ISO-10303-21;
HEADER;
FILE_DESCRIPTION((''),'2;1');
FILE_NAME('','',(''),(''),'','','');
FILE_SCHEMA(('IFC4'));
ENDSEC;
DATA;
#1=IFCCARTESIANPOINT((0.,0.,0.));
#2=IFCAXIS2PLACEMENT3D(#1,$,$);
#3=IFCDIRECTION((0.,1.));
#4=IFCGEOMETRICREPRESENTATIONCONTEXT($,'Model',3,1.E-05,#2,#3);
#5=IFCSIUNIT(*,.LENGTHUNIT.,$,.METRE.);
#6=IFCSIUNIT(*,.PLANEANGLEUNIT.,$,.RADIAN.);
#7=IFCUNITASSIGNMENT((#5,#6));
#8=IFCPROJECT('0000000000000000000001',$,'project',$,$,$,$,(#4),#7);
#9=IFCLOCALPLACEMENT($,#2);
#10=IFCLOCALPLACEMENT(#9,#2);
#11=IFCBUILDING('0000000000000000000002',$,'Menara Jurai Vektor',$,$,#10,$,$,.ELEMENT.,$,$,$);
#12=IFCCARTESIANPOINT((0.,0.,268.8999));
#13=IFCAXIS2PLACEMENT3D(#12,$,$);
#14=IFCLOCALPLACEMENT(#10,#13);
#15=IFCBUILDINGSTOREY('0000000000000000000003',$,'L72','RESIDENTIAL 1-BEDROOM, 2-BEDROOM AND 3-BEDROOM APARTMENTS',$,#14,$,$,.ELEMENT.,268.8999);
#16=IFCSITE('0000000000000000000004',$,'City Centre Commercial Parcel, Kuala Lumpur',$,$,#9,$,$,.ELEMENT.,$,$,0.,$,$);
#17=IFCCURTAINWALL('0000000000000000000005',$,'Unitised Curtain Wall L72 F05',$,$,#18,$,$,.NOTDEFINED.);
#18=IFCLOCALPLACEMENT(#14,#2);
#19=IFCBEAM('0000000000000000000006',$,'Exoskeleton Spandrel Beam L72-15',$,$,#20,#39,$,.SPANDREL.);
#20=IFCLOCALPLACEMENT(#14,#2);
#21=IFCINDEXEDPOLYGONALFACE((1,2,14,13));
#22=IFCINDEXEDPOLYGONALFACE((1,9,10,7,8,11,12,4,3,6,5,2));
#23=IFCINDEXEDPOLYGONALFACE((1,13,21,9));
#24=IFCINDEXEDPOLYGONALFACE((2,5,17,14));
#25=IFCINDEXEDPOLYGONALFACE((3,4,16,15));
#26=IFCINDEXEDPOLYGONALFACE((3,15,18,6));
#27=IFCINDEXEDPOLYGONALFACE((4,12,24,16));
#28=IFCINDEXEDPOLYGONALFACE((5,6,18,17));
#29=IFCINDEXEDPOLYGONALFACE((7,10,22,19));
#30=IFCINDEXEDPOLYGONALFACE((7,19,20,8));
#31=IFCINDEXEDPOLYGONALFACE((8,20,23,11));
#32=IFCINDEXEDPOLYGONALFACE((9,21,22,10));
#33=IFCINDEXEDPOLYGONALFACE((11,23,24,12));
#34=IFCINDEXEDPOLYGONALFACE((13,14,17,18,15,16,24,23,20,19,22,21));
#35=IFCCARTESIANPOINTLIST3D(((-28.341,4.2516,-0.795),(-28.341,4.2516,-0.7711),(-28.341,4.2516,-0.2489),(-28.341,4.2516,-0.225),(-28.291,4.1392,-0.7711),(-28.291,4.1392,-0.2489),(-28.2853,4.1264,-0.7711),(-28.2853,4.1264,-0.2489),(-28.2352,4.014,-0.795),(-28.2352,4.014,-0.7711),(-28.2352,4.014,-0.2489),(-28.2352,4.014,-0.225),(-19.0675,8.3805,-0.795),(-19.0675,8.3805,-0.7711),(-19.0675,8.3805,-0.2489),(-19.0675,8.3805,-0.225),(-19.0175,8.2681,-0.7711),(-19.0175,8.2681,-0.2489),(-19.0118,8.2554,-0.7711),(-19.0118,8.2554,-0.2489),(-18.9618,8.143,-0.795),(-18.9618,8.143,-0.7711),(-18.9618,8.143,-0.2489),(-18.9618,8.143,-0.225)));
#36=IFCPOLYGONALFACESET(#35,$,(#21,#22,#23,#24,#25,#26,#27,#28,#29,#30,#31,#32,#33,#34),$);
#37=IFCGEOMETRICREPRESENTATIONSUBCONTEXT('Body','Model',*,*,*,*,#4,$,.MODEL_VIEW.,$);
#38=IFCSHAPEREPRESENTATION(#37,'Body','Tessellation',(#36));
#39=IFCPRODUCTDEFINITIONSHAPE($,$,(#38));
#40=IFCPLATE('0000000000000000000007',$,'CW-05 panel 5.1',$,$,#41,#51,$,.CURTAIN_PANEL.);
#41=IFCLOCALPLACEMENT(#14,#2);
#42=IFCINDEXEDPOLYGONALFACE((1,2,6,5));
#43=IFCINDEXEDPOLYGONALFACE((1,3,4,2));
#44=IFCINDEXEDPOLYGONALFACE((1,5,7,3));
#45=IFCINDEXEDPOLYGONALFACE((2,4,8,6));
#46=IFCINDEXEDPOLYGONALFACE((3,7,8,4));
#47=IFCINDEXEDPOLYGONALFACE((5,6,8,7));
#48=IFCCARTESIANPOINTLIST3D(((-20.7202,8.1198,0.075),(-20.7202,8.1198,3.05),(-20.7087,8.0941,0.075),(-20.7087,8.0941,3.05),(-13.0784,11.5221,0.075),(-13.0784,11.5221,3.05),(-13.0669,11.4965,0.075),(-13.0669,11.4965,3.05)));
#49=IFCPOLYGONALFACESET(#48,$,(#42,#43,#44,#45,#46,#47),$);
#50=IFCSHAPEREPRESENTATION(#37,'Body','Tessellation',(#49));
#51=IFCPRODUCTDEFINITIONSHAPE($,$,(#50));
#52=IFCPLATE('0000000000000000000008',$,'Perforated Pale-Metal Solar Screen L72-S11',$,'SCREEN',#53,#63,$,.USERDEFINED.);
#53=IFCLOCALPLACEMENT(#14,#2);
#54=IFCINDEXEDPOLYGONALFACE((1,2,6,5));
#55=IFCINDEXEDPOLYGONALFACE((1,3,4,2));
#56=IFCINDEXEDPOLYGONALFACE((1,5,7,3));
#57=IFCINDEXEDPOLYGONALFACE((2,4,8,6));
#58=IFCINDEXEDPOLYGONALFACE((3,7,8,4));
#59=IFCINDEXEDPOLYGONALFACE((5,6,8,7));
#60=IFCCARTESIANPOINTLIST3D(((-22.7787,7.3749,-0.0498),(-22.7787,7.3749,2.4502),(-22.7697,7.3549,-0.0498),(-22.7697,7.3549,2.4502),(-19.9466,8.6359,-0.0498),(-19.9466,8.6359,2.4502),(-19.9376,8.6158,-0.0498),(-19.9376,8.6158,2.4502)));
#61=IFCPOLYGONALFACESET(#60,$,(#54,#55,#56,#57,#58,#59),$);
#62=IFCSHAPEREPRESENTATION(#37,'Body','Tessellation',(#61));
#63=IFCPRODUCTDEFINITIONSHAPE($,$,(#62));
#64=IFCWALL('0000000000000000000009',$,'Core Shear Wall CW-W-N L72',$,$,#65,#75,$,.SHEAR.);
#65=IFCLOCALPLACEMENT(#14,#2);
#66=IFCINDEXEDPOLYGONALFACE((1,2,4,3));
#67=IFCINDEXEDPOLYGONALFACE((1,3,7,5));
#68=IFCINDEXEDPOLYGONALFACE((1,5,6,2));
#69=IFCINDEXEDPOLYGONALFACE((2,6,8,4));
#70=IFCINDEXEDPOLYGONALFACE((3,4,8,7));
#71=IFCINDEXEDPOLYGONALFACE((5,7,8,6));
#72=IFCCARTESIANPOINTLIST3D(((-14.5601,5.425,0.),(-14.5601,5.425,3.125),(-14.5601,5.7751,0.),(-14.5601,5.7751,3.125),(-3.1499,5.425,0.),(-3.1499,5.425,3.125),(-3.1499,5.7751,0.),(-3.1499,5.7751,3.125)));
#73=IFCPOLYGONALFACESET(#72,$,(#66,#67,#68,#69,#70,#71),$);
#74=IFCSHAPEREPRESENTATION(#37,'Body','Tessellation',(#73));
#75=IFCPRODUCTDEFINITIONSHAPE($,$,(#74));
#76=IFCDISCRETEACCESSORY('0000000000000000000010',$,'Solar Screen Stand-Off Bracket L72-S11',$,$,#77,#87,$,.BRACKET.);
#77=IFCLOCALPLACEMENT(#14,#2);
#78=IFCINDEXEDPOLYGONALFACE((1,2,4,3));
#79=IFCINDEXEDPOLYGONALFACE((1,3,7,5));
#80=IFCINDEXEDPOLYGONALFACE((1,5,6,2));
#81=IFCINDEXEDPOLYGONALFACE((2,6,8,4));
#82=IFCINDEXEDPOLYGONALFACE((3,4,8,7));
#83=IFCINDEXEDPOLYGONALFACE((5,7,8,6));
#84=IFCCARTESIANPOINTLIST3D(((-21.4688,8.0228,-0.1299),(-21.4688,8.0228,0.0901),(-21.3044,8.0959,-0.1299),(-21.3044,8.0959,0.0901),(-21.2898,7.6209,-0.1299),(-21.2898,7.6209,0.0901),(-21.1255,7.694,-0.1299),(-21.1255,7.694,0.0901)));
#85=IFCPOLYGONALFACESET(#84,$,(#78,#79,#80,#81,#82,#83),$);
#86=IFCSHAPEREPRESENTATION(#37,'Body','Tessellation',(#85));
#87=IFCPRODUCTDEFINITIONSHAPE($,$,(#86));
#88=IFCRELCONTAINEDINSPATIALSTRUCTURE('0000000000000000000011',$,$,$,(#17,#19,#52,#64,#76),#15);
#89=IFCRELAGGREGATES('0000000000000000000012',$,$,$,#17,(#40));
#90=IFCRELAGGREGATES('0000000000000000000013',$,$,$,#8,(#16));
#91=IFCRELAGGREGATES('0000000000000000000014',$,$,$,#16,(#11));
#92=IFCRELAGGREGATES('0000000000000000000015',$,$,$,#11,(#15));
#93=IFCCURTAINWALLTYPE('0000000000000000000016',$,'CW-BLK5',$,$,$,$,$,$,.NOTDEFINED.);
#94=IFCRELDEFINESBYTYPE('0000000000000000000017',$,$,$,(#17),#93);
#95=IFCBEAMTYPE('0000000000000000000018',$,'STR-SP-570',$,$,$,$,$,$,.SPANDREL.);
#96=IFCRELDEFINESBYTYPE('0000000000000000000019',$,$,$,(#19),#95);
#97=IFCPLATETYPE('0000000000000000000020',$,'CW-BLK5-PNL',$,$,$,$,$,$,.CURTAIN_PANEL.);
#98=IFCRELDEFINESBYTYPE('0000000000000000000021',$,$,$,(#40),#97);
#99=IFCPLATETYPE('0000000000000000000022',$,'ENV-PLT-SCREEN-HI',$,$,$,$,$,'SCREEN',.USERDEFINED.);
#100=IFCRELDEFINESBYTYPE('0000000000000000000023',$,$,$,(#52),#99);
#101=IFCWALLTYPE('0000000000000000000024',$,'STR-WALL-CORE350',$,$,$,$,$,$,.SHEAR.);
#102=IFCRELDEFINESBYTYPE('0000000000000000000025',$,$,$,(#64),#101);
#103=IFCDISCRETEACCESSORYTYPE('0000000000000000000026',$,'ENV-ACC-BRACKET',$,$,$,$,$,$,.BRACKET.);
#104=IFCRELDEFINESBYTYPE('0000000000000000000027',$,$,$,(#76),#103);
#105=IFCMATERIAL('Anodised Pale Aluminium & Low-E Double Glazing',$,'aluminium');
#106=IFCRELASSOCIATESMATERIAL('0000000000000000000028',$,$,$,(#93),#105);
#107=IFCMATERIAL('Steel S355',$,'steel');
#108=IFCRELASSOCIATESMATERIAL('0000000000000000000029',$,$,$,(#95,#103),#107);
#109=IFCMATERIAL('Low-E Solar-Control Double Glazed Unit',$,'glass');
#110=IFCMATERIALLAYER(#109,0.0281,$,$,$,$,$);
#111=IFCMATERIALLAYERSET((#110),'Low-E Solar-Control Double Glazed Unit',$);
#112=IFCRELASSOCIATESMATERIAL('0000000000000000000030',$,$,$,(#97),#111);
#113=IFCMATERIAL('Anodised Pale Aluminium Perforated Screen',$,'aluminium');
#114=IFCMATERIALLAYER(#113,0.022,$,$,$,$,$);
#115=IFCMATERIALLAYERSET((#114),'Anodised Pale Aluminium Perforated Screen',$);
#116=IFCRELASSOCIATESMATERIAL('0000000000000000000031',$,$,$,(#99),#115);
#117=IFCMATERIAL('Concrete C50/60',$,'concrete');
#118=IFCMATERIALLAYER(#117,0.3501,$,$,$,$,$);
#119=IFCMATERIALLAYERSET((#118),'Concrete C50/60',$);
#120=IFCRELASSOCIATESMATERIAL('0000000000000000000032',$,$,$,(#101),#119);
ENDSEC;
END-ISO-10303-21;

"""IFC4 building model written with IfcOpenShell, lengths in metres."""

from ifc_helpers import new_model, si_unit, direction, frame, frame_2d, origin, origin_2d, place, context, subcontext, project, spatial, rectangle, i_section, extrude, material, layer, layer_set, material_profile, profile_set, type_object, element, aggregate, save


model = new_model("IFC4")

# Units and contexts
model_context = context("Model", 3, precision=1e-05, world=origin(), true_north=direction((0.0, 1.0)))
body_context = subcontext(model_context, "Body", "Model", "MODEL_VIEW")
ifc_project = project(units=[si_unit("LENGTHUNIT", "METRE"), si_unit("PLANEANGLEUNIT", "RADIAN")], contexts=[model_context])

# Site, building, storey
site_placement = place(None, origin())
site = spatial("IfcSite", under=ifc_project, at=site_placement, Name="City Centre Commercial Parcel, Kuala Lumpur", CompositionType="ELEMENT", RefElevation=0.0)
building_placement = place(site_placement, origin())
building = spatial("IfcBuilding", under=site, at=building_placement, Name="Menara Jurai Vektor", CompositionType="ELEMENT")
storey_placement = place(building_placement, frame((0.0, 0.0, 268.8999)))
storey = spatial("IfcBuildingStorey", under=building, at=storey_placement, Name="L72", Description="RESIDENTIAL 1-BEDROOM, 2-BEDROOM AND 3-BEDROOM APARTMENTS", CompositionType="ELEMENT", Elevation=268.8999)

# Curtain wall
ifc_material_1 = material(Name="Anodised Pale Aluminium & Low-E Double Glazing", Category="aluminium")
curtain_wall_type = type_object("IfcCurtainWallType", Name="CW-BLK5", PredefinedType="NOTDEFINED", material=ifc_material_1)
curtain_wall_placement = place(storey_placement, origin())
curtain_wall = element("IfcCurtainWall", 1, at=curtain_wall_placement, inside=storey, type_object=curtain_wall_type, Name="Unitised Curtain Wall L72 F05", PredefinedType="NOTDEFINED")

# Beam
ifc_material_2 = material(Name="Steel S355", Category="steel")
ifc_material_profile_1 = material_profile(ifc_material_2, i_section(OverallWidth=0.26, OverallDepth=0.5701, WebThickness=0.0139, FlangeThickness=0.0239, at=origin_2d()), Name="PG 570x260x145")
ifc_profile_set_1 = profile_set([ifc_material_profile_1], Name="Steel S355")
beam_type_1 = type_object("IfcBeamType", Name="STR-SP-570", PredefinedType="SPANDREL", material=ifc_profile_set_1)
beam_1_placement = place(storey_placement, frame((-19.0146, 8.2617, -0.51), z_axis=(-0.913542, -0.406745, 0.0), x_axis=(0.406745, -0.913542, 0.0)))
element("IfcBeam", 2, at=beam_1_placement, inside=storey, type_object=beam_type_1, Name="Exoskeleton Spandrel Beam L72-15", PredefinedType="SPANDREL", context=body_context, shape_type="SweptSolid", body=[
    extrude(i_section(OverallWidth=0.26, OverallDepth=0.5701, WebThickness=0.0139, FlangeThickness=0.0239, at=origin_2d()), origin(), (0.0, 0.0, 1.0), 10.1511),
])

# Plates
ifc_material_3 = material(Name="Low-E Solar-Control Double Glazed Unit", Category="glass")
ifc_layer_1 = layer(ifc_material_3, 0.0281)
ifc_layer_set_1 = layer_set([ifc_layer_1], Name="Low-E Solar-Control Double Glazed Unit")
plate_type_1 = type_object("IfcPlateType", Name="CW-BLK5-PNL", PredefinedType="CURTAIN_PANEL", material=ifc_layer_set_1)
plate_1_placement = place(storey_placement, frame((-16.8936, 9.8081, 0.075), z_axis=(0.0, 0.0, 1.0), x_axis=(-0.913546, -0.406735, 0.0)))
plate_1 = element("IfcPlate", 3, at=plate_1_placement, type_object=plate_type_1, Name="CW-05 panel 5.1", PredefinedType="CURTAIN_PANEL", context=body_context, shape_type="SweptSolid", body=[
    extrude(rectangle(XDim=8.365, YDim=0.0281, at=origin_2d()), origin(), (0.0, 0.0, 1.0), 2.9751),
])
aggregate(curtain_wall, [plate_1])
ifc_material_4 = material(Name="Anodised Pale Aluminium Perforated Screen", Category="aluminium")
ifc_layer_2 = layer(ifc_material_4, 0.022)
ifc_layer_set_2 = layer_set([ifc_layer_2], Name="Anodised Pale Aluminium Perforated Screen")
plate_type_2 = type_object("IfcPlateType", Name="ENV-PLT-SCREEN-HI", ElementType="SCREEN", PredefinedType="USERDEFINED", material=ifc_layer_set_2)
plate_2_placement = place(storey_placement, frame((-21.3582, 7.9954, -0.0498), z_axis=(0.0, 0.0, 1.0), x_axis=(-0.913545, -0.406737, 0.0)))
element("IfcPlate", 4, at=plate_2_placement, inside=storey, type_object=plate_type_2, Name="Perforated Pale-Metal Solar Screen L72-S11", ObjectType="SCREEN", PredefinedType="USERDEFINED", context=body_context, shape_type="SweptSolid", body=[
    extrude(rectangle(XDim=3.1001, YDim=0.022, at=origin_2d()), origin(), (0.0, 0.0, 1.0), 2.5),
])

# Wall
ifc_material_5 = material(Name="Concrete C50/60", Category="concrete")
ifc_layer_3 = layer(ifc_material_5, 0.3501)
ifc_layer_set_3 = layer_set([ifc_layer_3], Name="Concrete C50/60")
wall_type = type_object("IfcWallType", Name="STR-WALL-CORE350", PredefinedType="SHEAR", material=ifc_layer_set_3)
wall_placement = place(storey_placement, frame((-14.5601, 5.6001, 0.0), z_axis=(0.0, 0.0, 1.0), x_axis=(1.0, 0.0, 0.0)))
element("IfcWall", 5, at=wall_placement, inside=storey, type_object=wall_type, Name="Core Shear Wall CW-W-N L72", PredefinedType="SHEAR", context=body_context, shape_type="SweptSolid", body=[
    extrude(rectangle(XDim=11.4102, YDim=0.3501, at=frame_2d((5.7051, 0.0))), origin(), (0.0, 0.0, 1.0), 3.125),
])

# Discrete accessory
discrete_accessory_type = type_object("IfcDiscreteAccessoryType", Name="ENV-ACC-BRACKET", PredefinedType="BRACKET", material=ifc_material_2)
discrete_accessory_placement = place(storey_placement, frame((-21.2971, 7.8584, -0.1299), z_axis=(0.0, 0.0, 1.0), x_axis=(-0.913545, -0.406737, 0.0)))
element("IfcDiscreteAccessory", 6, at=discrete_accessory_placement, inside=storey, type_object=discrete_accessory_type, Name="Solar Screen Stand-Off Bracket L72-S11", PredefinedType="BRACKET", context=body_context, shape_type="SweptSolid", body=[
    extrude(rectangle(XDim=0.1799, YDim=0.4399, at=origin_2d()), origin(), (0.0, 0.0, 1.0), 0.22),
])

save(model, "model.ifc")
